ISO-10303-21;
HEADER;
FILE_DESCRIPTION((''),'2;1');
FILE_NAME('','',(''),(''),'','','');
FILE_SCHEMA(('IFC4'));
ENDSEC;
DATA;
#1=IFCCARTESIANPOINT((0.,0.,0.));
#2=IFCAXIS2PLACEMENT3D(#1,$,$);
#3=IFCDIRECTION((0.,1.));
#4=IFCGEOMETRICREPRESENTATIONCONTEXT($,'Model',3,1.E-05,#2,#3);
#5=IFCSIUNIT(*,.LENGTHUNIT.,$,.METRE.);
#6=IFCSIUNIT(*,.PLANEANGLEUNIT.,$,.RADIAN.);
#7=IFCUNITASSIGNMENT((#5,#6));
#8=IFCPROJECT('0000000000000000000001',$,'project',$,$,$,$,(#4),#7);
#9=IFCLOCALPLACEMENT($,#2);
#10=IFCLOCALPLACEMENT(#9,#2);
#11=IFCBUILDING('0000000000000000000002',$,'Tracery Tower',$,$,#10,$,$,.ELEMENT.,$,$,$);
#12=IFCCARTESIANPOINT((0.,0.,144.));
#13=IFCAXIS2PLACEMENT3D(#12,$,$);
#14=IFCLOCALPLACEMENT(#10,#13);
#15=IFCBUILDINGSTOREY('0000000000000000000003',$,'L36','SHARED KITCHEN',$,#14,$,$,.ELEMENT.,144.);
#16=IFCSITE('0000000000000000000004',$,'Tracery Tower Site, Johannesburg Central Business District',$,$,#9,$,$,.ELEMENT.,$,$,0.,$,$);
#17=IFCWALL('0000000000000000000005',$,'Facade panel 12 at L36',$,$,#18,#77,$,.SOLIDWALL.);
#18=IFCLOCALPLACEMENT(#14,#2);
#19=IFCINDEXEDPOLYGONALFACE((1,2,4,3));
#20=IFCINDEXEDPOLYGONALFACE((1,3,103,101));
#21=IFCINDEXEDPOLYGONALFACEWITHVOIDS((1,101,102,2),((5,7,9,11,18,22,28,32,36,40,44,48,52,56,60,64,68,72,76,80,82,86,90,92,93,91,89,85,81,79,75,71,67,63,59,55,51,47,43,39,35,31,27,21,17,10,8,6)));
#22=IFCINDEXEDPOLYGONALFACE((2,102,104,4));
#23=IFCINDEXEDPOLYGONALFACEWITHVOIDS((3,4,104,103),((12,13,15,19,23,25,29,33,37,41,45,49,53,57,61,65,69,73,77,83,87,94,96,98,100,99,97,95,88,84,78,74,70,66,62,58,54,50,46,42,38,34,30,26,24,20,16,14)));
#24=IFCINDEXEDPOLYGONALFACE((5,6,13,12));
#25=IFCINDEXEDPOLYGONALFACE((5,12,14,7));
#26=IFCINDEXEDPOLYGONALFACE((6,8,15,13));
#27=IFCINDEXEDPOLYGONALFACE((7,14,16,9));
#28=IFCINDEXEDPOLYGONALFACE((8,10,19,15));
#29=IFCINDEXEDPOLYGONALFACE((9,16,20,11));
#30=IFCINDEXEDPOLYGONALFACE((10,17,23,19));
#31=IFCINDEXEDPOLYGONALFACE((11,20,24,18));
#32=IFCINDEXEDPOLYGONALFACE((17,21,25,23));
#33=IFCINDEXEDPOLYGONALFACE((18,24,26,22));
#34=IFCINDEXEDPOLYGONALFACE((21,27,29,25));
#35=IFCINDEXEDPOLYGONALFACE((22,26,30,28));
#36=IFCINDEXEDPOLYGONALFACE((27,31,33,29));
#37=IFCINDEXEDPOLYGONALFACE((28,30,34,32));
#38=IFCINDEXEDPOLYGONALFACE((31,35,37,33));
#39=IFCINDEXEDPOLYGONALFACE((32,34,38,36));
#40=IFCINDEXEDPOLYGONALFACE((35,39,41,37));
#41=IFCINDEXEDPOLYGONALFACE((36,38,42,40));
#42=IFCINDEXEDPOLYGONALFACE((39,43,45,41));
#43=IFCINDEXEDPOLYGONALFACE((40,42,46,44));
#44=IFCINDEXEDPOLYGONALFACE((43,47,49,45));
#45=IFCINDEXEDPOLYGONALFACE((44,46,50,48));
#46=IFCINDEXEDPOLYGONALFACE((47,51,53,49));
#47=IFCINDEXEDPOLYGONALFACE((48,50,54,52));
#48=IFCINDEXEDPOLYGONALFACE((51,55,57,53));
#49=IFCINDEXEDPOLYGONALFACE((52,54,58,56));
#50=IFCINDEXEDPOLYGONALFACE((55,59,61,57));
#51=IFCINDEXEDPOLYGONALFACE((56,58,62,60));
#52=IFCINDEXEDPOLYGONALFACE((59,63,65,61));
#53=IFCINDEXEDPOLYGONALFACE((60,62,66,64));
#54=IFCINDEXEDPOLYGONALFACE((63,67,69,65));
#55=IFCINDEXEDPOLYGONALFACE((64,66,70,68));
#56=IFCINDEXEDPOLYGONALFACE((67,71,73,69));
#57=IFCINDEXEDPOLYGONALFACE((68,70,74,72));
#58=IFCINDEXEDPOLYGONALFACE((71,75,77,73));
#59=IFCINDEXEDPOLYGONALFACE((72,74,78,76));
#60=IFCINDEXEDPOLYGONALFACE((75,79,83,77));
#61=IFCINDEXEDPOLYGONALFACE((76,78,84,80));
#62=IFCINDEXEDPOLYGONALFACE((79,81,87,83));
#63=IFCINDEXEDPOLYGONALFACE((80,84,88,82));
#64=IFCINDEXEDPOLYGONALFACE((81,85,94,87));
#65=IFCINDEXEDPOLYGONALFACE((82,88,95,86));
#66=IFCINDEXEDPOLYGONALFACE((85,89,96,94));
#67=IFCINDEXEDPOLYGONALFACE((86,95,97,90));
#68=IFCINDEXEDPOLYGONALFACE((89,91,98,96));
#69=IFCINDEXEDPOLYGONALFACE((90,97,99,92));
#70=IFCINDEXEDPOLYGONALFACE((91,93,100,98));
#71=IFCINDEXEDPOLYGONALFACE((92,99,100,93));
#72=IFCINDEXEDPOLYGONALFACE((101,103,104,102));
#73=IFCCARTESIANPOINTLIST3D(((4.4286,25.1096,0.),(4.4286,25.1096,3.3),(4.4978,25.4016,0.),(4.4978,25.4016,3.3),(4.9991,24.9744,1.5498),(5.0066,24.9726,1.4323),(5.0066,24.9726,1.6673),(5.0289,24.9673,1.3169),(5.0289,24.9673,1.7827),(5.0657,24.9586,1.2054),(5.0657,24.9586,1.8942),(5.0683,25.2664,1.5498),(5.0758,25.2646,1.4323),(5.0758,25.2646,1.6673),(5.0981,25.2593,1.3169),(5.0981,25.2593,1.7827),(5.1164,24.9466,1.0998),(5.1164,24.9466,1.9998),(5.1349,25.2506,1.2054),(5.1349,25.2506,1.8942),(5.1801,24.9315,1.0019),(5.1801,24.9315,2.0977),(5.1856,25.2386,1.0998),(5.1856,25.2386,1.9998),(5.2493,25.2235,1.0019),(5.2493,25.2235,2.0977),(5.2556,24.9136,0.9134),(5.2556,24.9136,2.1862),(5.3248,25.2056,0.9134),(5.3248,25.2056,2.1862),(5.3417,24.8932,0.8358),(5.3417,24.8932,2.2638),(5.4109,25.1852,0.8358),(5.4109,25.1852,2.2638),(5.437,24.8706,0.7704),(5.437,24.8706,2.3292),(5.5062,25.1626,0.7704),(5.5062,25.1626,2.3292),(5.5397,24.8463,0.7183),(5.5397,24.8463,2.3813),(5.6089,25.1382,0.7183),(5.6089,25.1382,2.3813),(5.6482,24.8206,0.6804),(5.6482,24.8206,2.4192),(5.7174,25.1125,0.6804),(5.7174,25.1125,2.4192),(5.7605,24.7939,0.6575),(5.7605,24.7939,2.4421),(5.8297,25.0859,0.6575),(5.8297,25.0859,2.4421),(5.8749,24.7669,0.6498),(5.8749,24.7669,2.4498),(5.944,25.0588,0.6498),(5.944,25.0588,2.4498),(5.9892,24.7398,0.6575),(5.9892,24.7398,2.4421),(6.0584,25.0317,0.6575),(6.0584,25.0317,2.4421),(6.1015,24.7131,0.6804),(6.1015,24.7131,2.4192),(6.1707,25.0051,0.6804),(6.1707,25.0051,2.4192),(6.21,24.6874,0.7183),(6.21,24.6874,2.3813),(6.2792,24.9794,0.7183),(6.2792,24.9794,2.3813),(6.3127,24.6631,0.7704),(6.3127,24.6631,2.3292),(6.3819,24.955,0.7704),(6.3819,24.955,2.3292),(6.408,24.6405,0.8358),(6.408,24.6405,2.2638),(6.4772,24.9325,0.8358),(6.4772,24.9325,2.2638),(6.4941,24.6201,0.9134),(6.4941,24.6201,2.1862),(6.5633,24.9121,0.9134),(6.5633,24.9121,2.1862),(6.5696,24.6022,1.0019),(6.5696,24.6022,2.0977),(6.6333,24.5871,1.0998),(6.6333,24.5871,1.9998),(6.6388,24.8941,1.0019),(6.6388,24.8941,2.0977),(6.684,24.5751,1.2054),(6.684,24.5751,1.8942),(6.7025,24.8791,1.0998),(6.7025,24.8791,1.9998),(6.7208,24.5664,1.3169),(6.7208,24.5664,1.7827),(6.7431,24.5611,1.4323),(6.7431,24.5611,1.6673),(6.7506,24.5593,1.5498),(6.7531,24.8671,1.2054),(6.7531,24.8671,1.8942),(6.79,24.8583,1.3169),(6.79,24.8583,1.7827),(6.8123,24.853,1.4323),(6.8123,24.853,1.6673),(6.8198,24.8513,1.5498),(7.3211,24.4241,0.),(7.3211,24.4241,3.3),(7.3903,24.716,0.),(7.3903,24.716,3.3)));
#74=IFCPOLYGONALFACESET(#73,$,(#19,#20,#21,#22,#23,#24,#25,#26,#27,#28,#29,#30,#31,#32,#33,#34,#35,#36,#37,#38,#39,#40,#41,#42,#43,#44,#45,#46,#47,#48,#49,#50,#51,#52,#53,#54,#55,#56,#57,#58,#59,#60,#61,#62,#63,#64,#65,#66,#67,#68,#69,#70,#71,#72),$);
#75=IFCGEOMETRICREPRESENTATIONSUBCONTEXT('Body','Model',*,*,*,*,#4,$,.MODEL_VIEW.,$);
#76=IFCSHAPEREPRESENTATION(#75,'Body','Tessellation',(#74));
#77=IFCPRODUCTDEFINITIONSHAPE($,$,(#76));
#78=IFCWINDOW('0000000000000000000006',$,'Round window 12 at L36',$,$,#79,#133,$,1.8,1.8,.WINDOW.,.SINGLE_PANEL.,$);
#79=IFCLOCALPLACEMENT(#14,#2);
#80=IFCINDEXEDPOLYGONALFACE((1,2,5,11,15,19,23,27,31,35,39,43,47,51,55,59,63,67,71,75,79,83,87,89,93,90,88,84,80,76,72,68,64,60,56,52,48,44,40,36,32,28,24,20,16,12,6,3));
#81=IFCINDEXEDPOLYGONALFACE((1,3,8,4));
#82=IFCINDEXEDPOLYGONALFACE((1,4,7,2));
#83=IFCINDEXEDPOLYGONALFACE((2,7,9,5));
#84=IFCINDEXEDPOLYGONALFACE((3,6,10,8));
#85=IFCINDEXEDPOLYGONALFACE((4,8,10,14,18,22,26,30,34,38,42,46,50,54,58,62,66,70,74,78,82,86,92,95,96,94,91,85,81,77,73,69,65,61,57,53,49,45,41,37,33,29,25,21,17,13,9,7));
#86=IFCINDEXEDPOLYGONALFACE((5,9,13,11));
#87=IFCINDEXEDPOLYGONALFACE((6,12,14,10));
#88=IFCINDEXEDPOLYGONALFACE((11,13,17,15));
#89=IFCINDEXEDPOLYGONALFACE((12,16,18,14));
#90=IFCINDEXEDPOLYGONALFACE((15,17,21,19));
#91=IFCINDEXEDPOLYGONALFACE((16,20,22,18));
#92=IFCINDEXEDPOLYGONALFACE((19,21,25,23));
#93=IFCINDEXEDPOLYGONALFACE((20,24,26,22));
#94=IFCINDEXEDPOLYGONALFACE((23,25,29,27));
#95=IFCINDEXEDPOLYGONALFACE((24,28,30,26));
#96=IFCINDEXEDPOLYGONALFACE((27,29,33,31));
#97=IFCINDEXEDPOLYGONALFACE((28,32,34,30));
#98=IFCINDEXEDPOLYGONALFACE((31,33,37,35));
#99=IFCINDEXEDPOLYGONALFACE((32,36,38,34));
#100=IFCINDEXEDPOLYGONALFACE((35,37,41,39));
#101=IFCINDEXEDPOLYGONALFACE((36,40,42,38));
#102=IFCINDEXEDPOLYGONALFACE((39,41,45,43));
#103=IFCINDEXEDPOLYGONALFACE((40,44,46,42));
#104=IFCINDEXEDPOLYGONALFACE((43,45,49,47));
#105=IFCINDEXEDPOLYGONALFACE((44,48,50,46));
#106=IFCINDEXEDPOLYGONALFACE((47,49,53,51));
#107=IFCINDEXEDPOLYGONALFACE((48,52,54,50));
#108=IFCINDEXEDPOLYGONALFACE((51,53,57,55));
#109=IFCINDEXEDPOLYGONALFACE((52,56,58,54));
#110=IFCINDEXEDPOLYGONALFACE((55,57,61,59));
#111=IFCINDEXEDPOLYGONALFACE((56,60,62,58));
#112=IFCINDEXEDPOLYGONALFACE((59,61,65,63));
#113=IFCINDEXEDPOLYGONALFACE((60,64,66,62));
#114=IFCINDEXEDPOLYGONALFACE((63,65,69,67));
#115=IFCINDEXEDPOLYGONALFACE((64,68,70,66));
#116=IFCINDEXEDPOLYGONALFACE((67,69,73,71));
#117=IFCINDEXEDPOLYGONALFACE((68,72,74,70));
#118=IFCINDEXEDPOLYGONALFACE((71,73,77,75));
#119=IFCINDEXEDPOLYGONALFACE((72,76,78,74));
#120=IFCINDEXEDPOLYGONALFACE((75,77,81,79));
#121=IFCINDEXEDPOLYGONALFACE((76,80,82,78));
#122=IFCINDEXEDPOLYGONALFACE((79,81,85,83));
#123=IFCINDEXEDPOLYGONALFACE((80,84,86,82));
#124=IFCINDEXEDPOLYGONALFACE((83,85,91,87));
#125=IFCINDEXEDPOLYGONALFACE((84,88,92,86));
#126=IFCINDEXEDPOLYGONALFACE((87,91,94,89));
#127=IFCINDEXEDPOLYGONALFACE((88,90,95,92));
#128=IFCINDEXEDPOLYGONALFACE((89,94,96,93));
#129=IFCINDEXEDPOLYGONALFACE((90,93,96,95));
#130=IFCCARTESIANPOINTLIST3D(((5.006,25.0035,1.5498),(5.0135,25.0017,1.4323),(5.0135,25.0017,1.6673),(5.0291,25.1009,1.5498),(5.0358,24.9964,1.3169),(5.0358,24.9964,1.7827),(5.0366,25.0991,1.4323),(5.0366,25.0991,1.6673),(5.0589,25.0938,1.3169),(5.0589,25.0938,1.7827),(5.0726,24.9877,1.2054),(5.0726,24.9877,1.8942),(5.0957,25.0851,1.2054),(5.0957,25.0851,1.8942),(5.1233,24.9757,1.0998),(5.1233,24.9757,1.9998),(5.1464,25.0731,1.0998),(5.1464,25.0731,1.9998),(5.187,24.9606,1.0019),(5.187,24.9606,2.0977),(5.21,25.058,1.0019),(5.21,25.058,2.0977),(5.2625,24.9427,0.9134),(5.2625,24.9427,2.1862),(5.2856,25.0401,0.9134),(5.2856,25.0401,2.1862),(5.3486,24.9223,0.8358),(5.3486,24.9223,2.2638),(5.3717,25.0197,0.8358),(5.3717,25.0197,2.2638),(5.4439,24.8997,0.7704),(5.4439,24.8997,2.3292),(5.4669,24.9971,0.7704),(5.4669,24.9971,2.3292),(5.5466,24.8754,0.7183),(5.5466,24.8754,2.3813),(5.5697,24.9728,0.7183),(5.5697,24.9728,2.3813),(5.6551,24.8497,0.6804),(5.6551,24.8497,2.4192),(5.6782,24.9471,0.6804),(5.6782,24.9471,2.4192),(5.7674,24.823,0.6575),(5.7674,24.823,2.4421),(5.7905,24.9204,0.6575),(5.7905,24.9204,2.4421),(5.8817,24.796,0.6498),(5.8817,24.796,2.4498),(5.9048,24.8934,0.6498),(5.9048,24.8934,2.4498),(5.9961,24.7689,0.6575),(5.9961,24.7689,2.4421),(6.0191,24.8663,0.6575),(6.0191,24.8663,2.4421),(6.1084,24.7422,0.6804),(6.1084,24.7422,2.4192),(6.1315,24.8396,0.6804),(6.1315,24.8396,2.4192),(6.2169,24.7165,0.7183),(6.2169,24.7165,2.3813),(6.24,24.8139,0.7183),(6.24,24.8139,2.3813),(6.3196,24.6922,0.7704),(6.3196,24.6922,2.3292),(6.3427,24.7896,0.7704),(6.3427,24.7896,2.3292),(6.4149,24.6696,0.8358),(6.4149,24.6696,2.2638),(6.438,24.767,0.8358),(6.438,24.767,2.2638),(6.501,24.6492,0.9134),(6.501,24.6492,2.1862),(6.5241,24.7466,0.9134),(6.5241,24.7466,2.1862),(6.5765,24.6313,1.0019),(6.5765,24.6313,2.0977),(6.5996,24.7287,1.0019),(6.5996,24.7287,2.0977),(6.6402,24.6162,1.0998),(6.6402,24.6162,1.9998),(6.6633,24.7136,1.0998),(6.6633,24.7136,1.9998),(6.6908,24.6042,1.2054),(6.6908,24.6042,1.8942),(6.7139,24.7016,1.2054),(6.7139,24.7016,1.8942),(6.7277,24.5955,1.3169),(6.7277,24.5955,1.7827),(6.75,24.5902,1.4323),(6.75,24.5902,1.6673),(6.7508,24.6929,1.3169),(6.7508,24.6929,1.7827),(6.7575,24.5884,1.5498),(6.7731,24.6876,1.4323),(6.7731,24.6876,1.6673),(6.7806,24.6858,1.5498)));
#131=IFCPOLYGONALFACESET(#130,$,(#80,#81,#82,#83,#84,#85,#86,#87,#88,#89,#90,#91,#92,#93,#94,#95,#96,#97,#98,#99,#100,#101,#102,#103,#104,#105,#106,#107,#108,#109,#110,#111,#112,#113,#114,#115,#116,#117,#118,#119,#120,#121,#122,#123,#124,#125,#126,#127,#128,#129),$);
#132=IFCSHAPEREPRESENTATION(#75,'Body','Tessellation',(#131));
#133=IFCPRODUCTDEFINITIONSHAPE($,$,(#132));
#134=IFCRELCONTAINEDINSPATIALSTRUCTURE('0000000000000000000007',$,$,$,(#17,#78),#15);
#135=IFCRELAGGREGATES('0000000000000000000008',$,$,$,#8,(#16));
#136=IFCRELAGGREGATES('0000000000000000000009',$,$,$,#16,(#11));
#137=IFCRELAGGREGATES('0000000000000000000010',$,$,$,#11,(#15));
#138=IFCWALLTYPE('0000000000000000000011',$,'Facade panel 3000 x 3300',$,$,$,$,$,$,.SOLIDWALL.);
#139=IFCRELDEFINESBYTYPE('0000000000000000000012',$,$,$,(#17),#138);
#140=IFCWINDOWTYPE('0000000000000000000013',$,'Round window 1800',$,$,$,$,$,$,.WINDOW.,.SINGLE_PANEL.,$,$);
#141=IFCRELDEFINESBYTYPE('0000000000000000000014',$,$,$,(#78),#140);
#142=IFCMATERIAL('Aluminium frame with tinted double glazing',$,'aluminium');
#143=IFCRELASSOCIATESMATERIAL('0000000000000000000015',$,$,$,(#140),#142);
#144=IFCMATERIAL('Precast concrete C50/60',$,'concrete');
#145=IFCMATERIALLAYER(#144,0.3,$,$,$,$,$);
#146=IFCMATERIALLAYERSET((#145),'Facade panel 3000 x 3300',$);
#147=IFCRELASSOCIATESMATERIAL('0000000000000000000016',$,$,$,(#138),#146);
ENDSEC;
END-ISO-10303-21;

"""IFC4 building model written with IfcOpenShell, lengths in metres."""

from ifc_helpers import new_model, si_unit, direction, frame, frame_2d, origin, origin_2d, place, context, subcontext, project, spatial, rectangle, circle, extrude, material, layer, layer_set, type_object, element, fill, save


model = new_model("IFC4")

# Units and contexts
model_context = context("Model", 3, precision=1e-05, world=origin(), true_north=direction((0.0, 1.0)))
body_context = subcontext(model_context, "Body", "Model", "MODEL_VIEW")
ifc_project = project(units=[si_unit("LENGTHUNIT", "METRE"), si_unit("PLANEANGLEUNIT", "RADIAN")], contexts=[model_context])

# Site, building, storey
site_placement = place(None, origin())
site = spatial("IfcSite", under=ifc_project, at=site_placement, Name="Tracery Tower Site, Johannesburg Central Business District", CompositionType="ELEMENT", RefElevation=0.0)
building_placement = place(site_placement, origin())
building = spatial("IfcBuilding", under=site, at=building_placement, Name="Tracery Tower", CompositionType="ELEMENT")
storey_placement = place(building_placement, frame((0.0, 0.0, 144.0)))
storey = spatial("IfcBuildingStorey", under=building, at=storey_placement, Name="L36", Description="SHARED KITCHEN", CompositionType="ELEMENT", Elevation=144.0)

# Wall, opening, window
ifc_material_1 = material(Name="Aluminium frame with tinted double glazing", Category="aluminium")
window_type = type_object("IfcWindowType", Name="Round window 1800", PartitioningType="SINGLE_PANEL", PredefinedType="WINDOW", material=ifc_material_1)
ifc_material_2 = material(Name="Precast concrete C50/60", Category="concrete")
ifc_layer_1 = layer(ifc_material_2, 0.3)
ifc_layer_set_1 = layer_set([ifc_layer_1], Name="Facade panel 3000 x 3300")
wall_type_1 = type_object("IfcWallType", Name="Facade panel 3000 x 3300", PredefinedType="SOLIDWALL", material=ifc_layer_set_1)
wall_1_placement = place(storey_placement, frame((7.3557, 24.5701, 0.0), z_axis=(0.0, 0.0, 1.0), x_axis=(-0.973045, 0.230614, 0.0)))
wall_1 = element("IfcWall", 1, at=wall_1_placement, inside=storey, type_object=wall_type_1, Name="Facade panel 12 at L36", PredefinedType="SOLIDWALL", context=body_context, shape_type="SweptSolid", body=[
    extrude(rectangle(XDim=2.9727, YDim=0.3, at=frame_2d((1.4863, 0.0))), origin(), (0.0, 0.0, 1.0), 3.3),
])
opening_1_placement = place(wall_1_placement, frame((1.4863, 0.0, 1.5498)))
opening_1 = element("IfcOpeningElement", 2, at=opening_1_placement, cuts=wall_1, PredefinedType="OPENING", context=body_context, shape_type="SweptSolid", body=[
    extrude(circle(Radius=0.9, at=origin_2d()), frame((0.0, 0.1599, 0.0), z_axis=(0.0, -1.0, 0.0), x_axis=(1.0, 0.0, 0.0)), (0.0, 0.0, 1.0), 0.3201),
])
window_1_placement = place(opening_1_placement, origin())
window_1 = element("IfcWindow", 3, at=window_1_placement, inside=storey, type_object=window_type, Name="Round window 12 at L36", OverallHeight=1.8, OverallWidth=1.8, PartitioningType="SINGLE_PANEL", PredefinedType="WINDOW", context=body_context, shape_type="SweptSolid", body=[
    extrude(circle(Radius=0.9, at=origin_2d()), frame((0.0, 0.1201, 0.0), z_axis=(0.0, -1.0, 0.0), x_axis=(1.0, 0.0, 0.0)), (0.0, 0.0, 1.0), 0.1001),
])
fill(opening_1, window_1)

save(model, "model.ifc")
